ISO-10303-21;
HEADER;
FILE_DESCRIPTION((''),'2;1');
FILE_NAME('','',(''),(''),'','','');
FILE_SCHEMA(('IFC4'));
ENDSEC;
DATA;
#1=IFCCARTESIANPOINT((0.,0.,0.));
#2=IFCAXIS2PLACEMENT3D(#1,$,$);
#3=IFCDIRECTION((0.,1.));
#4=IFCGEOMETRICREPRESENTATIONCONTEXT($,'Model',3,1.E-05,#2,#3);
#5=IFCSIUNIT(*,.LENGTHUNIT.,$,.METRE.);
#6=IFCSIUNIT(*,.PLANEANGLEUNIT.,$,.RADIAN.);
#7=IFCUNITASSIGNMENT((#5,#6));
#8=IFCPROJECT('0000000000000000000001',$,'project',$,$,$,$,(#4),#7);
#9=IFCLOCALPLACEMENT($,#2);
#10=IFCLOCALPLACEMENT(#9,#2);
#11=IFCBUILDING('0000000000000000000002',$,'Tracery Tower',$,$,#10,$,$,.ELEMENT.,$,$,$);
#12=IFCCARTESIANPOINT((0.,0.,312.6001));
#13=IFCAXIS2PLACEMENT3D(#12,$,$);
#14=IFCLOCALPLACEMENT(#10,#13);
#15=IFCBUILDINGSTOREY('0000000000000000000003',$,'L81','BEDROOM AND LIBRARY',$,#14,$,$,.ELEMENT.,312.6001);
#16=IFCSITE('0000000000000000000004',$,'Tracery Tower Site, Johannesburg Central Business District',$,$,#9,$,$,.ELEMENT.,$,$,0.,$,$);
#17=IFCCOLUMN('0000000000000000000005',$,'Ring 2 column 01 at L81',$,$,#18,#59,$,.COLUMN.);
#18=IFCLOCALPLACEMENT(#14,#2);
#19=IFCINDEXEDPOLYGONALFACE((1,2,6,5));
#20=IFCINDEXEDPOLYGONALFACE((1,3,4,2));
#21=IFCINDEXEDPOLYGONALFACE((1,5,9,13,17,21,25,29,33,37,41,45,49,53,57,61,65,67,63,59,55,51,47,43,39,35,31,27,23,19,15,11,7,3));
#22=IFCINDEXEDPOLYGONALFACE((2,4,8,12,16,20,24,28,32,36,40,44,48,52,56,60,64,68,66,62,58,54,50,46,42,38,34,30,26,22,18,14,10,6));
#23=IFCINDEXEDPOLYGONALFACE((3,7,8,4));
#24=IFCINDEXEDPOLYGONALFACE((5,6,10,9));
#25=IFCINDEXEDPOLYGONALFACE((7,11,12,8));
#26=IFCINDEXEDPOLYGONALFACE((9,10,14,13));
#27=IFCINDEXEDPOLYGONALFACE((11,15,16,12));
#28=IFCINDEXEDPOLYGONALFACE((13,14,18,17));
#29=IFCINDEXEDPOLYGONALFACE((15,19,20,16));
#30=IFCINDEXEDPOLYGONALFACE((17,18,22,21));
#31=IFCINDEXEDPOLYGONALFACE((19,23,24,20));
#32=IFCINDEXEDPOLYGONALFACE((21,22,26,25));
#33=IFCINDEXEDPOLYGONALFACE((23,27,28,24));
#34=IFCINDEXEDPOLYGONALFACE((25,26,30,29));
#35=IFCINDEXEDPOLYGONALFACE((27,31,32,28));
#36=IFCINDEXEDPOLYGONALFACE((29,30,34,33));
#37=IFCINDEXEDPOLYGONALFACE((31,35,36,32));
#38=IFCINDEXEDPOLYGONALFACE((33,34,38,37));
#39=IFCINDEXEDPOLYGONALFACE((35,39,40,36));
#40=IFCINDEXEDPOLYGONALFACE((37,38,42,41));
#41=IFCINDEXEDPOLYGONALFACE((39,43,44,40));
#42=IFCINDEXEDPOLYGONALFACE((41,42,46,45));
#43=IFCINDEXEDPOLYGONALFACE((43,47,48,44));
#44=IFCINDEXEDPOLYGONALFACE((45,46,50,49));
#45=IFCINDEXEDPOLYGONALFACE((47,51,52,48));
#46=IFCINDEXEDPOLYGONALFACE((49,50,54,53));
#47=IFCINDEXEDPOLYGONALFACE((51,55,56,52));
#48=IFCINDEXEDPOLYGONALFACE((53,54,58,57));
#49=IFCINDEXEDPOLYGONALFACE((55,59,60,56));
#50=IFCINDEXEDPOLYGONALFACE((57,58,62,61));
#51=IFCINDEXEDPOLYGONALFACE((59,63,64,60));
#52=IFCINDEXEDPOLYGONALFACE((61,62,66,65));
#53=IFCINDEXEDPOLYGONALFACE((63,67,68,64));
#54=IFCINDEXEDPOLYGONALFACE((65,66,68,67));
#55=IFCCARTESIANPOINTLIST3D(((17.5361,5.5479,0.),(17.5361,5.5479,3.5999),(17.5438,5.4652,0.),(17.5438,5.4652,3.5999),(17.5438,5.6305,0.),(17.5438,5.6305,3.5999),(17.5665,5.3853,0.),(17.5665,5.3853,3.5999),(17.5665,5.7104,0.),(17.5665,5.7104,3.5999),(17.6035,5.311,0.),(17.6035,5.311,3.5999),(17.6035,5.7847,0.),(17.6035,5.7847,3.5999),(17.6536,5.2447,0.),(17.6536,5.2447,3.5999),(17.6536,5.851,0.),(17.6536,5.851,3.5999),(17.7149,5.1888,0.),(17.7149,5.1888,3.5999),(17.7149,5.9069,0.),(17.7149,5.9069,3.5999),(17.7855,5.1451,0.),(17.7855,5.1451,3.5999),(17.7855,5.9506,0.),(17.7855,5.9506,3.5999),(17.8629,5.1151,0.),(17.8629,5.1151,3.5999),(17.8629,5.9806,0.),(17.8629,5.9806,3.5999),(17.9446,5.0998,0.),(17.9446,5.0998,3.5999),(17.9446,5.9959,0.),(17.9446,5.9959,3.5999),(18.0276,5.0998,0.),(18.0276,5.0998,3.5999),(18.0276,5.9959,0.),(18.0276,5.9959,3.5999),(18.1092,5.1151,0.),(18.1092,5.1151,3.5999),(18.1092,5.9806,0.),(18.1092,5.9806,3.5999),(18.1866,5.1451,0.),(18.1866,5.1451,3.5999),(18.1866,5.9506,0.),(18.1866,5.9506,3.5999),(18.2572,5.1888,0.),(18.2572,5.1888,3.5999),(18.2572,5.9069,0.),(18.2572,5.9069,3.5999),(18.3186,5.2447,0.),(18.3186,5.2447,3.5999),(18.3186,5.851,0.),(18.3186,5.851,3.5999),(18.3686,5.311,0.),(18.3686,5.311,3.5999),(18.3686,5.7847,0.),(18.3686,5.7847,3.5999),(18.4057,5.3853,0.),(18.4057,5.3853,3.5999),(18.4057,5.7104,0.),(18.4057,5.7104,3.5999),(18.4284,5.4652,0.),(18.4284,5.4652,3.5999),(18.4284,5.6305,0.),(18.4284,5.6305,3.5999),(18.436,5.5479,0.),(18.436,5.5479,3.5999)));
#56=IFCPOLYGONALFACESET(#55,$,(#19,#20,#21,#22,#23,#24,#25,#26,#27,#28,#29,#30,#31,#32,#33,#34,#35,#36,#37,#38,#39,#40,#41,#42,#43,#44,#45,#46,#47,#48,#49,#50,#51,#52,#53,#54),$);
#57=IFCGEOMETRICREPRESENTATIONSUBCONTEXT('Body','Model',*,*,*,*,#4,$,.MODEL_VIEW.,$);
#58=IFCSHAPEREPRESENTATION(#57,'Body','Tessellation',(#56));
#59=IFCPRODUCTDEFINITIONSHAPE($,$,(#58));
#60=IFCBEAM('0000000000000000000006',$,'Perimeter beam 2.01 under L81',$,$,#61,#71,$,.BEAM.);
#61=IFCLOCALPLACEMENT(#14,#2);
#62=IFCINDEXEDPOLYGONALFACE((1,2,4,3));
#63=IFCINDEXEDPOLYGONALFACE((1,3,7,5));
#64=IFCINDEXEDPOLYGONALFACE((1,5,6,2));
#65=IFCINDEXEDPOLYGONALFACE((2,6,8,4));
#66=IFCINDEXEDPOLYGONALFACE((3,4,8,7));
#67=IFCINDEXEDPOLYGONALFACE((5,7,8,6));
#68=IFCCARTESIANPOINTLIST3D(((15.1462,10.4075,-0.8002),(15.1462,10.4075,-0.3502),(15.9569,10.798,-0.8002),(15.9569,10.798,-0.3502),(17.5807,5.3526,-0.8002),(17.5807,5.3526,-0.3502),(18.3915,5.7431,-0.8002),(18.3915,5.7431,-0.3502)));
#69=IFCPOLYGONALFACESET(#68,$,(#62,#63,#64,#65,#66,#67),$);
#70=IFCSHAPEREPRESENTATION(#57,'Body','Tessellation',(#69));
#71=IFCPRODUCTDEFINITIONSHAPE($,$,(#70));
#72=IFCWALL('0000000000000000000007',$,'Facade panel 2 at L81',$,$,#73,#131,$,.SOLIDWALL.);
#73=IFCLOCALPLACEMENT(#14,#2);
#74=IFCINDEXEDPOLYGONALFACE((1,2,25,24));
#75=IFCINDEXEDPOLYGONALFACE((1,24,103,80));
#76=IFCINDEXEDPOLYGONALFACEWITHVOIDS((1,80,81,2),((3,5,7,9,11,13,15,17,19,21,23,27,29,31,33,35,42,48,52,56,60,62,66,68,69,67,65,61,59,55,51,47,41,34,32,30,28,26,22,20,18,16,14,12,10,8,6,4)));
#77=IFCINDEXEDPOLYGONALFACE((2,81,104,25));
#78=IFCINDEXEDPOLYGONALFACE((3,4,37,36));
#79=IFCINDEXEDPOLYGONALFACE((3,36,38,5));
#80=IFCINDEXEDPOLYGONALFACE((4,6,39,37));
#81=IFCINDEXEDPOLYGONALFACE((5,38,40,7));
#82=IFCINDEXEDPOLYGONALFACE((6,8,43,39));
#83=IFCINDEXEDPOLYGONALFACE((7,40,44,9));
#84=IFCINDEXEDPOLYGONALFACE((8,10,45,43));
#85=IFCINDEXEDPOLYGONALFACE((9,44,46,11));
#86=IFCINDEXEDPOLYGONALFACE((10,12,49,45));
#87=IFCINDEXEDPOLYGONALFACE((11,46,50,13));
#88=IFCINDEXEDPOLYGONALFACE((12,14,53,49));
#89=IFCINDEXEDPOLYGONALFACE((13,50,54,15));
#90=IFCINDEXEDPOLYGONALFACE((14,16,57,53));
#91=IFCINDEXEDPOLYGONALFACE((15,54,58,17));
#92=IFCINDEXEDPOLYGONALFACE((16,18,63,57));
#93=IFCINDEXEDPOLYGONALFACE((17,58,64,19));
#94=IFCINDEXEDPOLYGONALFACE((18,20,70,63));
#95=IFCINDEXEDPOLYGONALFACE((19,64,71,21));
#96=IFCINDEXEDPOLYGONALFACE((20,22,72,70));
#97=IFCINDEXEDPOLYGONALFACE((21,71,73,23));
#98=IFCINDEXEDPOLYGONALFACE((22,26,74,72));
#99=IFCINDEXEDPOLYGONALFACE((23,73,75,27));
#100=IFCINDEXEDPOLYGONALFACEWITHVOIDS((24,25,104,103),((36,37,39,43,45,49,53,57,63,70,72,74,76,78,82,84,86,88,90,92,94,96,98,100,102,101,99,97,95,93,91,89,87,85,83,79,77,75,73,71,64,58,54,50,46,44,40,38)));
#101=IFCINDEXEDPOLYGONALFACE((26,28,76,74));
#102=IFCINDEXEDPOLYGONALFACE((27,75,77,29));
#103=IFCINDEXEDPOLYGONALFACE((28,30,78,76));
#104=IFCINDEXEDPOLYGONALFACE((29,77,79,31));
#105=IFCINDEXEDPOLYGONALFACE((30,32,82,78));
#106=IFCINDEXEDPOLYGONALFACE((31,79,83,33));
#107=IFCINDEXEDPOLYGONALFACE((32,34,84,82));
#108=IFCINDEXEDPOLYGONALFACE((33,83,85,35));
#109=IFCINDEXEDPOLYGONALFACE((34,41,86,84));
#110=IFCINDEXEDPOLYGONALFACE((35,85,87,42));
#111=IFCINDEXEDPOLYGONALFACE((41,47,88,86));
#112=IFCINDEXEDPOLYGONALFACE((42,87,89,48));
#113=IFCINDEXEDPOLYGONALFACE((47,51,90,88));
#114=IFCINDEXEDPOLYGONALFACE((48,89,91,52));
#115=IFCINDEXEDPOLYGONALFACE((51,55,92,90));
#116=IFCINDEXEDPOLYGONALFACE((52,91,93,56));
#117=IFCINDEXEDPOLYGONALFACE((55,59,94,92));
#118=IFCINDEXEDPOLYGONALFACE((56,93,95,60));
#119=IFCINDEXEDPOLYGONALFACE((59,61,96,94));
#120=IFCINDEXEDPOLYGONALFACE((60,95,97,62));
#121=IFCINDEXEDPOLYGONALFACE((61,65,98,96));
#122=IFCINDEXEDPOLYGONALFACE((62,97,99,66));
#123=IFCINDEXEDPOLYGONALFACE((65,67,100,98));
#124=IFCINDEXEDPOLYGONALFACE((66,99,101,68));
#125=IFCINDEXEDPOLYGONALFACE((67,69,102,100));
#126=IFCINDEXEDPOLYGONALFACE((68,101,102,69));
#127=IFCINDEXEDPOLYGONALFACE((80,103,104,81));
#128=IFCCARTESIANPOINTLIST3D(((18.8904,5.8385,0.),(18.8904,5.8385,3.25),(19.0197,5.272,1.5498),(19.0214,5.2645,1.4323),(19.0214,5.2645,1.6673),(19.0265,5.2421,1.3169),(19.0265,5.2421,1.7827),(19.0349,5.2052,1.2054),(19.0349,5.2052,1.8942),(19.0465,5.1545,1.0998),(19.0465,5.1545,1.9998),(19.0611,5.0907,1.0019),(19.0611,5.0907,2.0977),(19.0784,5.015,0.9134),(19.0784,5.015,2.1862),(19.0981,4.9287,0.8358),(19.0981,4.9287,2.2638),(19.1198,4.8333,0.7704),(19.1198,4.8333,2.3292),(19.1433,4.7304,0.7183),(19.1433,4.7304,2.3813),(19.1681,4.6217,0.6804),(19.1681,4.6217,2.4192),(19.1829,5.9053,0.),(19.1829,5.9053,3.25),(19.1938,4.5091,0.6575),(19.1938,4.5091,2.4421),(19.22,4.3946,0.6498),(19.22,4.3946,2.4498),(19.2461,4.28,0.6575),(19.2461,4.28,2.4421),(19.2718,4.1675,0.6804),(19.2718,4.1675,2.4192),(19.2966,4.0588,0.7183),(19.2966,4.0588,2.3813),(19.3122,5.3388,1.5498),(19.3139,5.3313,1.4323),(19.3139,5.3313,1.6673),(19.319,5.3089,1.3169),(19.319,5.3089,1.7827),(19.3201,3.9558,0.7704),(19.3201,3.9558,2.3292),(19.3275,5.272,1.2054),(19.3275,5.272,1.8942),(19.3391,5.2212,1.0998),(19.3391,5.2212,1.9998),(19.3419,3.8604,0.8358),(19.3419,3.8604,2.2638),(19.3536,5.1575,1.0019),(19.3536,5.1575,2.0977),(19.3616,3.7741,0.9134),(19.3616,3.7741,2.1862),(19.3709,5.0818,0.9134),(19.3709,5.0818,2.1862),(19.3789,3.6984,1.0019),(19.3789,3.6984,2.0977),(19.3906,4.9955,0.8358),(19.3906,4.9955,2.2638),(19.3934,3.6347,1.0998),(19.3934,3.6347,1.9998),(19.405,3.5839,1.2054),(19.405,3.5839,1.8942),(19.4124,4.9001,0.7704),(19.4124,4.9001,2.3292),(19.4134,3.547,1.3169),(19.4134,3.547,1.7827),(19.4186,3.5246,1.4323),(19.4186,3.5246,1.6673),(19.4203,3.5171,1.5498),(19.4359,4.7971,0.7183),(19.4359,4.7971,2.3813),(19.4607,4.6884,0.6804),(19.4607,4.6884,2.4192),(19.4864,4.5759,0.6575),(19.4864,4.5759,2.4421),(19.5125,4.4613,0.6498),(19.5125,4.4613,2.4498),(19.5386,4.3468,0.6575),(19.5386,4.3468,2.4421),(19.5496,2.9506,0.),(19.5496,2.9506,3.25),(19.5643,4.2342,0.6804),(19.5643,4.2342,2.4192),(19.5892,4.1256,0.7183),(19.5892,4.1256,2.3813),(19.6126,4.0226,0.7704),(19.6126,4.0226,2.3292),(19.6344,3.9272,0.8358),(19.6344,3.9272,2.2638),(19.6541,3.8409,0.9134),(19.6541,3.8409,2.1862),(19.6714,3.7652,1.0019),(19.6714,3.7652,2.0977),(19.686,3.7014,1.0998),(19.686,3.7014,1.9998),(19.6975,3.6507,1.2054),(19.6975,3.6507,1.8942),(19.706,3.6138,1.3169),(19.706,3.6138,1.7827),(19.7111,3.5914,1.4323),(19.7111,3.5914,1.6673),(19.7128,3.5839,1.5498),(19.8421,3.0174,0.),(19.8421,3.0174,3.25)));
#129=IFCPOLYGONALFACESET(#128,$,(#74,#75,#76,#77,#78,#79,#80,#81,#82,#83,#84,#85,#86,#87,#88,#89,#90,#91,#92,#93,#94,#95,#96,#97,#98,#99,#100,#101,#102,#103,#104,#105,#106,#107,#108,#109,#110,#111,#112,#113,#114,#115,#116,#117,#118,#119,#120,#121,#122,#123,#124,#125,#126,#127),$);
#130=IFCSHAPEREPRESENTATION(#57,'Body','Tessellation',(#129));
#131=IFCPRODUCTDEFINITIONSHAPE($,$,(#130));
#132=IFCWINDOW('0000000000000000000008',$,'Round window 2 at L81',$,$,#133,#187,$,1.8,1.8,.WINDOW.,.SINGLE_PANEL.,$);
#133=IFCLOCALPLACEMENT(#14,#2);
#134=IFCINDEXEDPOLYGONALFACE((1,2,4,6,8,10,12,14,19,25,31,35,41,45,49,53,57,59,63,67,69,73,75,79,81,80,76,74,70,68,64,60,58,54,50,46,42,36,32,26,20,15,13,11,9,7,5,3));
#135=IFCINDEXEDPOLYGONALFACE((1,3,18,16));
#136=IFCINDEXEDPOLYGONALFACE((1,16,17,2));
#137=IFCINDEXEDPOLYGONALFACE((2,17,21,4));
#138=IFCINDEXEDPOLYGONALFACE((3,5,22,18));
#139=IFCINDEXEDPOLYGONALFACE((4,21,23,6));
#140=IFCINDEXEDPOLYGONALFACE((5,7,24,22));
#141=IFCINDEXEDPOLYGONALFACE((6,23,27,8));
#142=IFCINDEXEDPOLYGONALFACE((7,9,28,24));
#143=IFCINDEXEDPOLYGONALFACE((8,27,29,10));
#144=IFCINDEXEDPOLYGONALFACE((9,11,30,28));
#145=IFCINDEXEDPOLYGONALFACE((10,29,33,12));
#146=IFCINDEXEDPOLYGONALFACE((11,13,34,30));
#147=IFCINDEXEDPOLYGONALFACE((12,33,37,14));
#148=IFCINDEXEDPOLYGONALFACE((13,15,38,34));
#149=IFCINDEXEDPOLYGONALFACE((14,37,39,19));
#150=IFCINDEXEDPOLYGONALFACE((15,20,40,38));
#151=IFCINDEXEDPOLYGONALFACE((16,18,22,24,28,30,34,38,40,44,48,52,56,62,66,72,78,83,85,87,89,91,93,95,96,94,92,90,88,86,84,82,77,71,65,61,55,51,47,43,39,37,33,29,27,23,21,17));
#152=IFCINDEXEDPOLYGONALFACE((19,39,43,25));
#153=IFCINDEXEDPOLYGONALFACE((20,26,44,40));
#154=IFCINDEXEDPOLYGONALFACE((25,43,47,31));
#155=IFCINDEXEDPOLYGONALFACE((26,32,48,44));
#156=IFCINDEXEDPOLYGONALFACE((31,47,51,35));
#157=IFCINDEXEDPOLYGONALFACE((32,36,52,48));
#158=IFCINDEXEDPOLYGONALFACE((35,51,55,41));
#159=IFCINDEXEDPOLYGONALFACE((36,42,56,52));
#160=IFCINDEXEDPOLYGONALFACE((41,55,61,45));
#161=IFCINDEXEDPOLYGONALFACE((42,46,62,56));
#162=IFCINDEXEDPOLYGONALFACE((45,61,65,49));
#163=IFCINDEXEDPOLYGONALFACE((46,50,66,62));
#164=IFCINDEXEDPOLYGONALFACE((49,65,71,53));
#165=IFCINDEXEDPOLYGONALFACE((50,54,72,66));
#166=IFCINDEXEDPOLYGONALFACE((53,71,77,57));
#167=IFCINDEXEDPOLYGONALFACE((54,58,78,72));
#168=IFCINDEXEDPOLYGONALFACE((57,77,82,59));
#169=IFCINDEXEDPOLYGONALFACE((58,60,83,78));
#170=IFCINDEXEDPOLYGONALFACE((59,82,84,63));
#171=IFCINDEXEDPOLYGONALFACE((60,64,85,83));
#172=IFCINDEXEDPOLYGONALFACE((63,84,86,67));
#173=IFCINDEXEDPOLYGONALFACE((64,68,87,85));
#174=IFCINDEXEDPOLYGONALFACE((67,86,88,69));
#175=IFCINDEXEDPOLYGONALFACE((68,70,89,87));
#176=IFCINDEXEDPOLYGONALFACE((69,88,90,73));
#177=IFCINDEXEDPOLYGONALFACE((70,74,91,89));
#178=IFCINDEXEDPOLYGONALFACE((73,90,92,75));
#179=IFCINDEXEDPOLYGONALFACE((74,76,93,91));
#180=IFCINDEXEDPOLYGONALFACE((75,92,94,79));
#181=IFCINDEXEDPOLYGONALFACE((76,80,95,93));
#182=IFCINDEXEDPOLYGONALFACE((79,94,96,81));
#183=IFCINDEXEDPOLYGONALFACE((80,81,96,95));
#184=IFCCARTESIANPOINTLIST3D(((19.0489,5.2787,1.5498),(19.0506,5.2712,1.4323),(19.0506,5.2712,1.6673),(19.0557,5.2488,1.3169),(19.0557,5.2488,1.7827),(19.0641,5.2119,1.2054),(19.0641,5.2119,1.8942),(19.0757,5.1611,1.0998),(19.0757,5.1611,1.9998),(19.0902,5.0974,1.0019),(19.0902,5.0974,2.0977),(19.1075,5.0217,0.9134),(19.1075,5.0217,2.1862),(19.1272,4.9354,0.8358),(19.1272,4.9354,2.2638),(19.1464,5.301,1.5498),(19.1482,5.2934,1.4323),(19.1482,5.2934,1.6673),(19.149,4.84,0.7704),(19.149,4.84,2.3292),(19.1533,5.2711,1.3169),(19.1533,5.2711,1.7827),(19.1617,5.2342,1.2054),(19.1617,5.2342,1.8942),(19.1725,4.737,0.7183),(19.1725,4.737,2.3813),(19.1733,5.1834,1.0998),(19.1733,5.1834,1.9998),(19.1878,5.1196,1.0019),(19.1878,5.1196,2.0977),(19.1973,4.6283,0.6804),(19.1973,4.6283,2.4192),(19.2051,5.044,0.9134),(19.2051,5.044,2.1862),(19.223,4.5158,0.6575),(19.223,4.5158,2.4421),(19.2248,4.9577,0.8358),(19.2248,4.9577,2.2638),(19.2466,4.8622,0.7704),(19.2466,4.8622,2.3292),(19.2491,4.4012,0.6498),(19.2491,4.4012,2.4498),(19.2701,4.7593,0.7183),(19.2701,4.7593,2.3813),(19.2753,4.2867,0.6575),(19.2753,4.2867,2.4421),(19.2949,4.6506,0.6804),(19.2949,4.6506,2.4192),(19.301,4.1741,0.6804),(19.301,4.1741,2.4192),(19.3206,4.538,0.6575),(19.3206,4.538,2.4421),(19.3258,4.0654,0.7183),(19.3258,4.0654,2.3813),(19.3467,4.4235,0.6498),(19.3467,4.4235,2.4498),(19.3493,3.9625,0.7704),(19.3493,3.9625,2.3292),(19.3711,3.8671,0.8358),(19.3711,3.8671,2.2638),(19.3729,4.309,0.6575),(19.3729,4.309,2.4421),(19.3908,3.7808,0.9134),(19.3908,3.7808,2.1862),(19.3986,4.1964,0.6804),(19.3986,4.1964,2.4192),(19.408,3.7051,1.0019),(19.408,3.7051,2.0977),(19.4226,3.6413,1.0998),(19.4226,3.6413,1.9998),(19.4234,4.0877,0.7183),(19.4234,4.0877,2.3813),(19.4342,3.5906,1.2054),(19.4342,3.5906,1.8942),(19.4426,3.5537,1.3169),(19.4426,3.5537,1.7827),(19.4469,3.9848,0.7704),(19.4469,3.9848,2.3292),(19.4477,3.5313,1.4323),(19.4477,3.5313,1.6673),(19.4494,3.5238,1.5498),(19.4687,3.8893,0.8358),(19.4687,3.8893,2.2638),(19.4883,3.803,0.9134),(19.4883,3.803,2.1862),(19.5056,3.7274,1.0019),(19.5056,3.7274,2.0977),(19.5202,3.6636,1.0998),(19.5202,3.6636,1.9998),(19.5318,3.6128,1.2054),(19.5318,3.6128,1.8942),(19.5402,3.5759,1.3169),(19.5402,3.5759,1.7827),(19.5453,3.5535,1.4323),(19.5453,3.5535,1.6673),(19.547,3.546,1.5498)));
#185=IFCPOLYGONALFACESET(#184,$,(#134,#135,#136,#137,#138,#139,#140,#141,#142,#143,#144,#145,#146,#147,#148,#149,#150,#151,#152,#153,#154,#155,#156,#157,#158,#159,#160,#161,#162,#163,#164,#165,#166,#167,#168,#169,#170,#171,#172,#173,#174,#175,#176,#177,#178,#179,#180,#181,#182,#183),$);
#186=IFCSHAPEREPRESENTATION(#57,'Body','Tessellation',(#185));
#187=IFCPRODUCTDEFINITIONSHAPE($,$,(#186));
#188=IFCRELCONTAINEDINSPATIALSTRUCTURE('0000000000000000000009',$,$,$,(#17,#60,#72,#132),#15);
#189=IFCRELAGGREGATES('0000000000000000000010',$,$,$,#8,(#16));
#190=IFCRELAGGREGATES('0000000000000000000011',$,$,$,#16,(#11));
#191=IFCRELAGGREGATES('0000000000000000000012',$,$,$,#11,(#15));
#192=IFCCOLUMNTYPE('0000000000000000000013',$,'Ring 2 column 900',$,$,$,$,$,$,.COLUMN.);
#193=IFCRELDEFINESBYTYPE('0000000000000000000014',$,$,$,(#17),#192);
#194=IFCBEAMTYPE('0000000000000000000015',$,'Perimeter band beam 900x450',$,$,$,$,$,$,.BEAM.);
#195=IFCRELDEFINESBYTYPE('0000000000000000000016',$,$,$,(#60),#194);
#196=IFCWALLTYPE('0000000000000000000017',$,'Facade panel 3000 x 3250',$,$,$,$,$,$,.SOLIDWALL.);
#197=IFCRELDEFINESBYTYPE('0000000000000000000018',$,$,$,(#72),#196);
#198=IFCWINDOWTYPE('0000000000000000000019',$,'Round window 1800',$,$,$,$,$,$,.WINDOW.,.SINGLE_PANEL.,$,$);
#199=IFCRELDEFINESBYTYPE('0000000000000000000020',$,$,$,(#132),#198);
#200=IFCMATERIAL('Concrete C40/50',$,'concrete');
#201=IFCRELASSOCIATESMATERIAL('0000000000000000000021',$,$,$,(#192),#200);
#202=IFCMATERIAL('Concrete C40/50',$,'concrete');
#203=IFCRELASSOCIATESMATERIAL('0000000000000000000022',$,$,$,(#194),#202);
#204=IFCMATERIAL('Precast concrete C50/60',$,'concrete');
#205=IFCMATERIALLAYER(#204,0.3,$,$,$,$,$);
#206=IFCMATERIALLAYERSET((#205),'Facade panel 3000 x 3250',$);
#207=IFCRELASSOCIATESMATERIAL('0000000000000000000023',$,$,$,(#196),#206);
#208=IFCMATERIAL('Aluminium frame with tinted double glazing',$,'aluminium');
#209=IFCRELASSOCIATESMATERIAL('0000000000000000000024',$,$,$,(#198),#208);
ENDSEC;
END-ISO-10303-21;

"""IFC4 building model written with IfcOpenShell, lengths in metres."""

from ifc_helpers import new_model, si_unit, direction, frame, frame_2d, origin, origin_2d, place, context, subcontext, project, spatial, rectangle, circle, extrude, material, layer, layer_set, material_profile, profile_set, type_object, element, fill, save


model = new_model("IFC4")

# Units and contexts
model_context = context("Model", 3, precision=1e-05, world=origin(), true_north=direction((0.0, 1.0)))
body_context = subcontext(model_context, "Body", "Model", "MODEL_VIEW")
ifc_project = project(units=[si_unit("LENGTHUNIT", "METRE"), si_unit("PLANEANGLEUNIT", "RADIAN")], contexts=[model_context])

# Site, building, storey
site_placement = place(None, origin())
site = spatial("IfcSite", under=ifc_project, at=site_placement, Name="Tracery Tower Site, Johannesburg Central Business District", CompositionType="ELEMENT", RefElevation=0.0)
building_placement = place(site_placement, origin())
building = spatial("IfcBuilding", under=site, at=building_placement, Name="Tracery Tower", CompositionType="ELEMENT")
storey_placement = place(building_placement, frame((0.0, 0.0, 312.6001)))
storey = spatial("IfcBuildingStorey", under=building, at=storey_placement, Name="L81", Description="BEDROOM AND LIBRARY", CompositionType="ELEMENT", Elevation=312.6001)

# Column
ifc_material_1 = material(Name="Concrete C40/50", Category="concrete")
ifc_material_profile_1 = material_profile(ifc_material_1, circle(Radius=0.45, at=origin_2d()), Name="RC D900")
ifc_profile_set_1 = profile_set([ifc_material_profile_1], Name="Concrete C40/50")
column_type = type_object("IfcColumnType", Name="Ring 2 column 900", PredefinedType="COLUMN", material=ifc_profile_set_1)
column_placement = place(storey_placement, frame((17.9861, 5.5479, 0.0), z_axis=(0.0, 0.0, 1.0), x_axis=(1.0, 0.0, 0.0)))
element("IfcColumn", 1, at=column_placement, inside=storey, type_object=column_type, Name="Ring 2 column 01 at L81", PredefinedType="COLUMN", context=body_context, shape_type="SweptSolid", body=[
    extrude(circle(Radius=0.45, at=origin_2d()), origin(), (0.0, 0.0, 1.0), 3.5999),
])

# Beam
ifc_material_2 = material(Name="Concrete C40/50", Category="concrete")
ifc_material_profile_2 = material_profile(ifc_material_2, rectangle(XDim=0.8999, YDim=0.45, at=origin_2d()), Name="RC 900x450")
ifc_profile_set_2 = profile_set([ifc_material_profile_2], Name="Concrete C40/50")
beam_type = type_object("IfcBeamType", Name="Perimeter band beam 900x450", PredefinedType="BEAM", material=ifc_profile_set_2)
beam_placement = place(storey_placement, frame((17.9861, 5.5479, -0.5752), z_axis=(-0.433919, 0.900952, 0.0), x_axis=(-0.900952, -0.433919, 0.0)))
element("IfcBeam", 2, at=beam_placement, inside=storey, type_object=beam_type, Name="Perimeter beam 2.01 under L81", PredefinedType="BEAM", context=body_context, shape_type="SweptSolid", body=[
    extrude(rectangle(XDim=0.8999, YDim=0.45, at=origin_2d()), origin(), (0.0, 0.0, 1.0), 5.6106),
])

# Wall, opening, window
ifc_material_3 = material(Name="Precast concrete C50/60", Category="concrete")
ifc_layer_1 = layer(ifc_material_3, 0.3)
ifc_layer_set_1 = layer_set([ifc_layer_1], Name="Facade panel 3000 x 3250")
wall_type_1 = type_object("IfcWallType", Name="Facade panel 3000 x 3250", PredefinedType="SOLIDWALL", material=ifc_layer_set_1)
wall_1_placement = place(storey_placement, frame((19.6958, 2.9841, 0.0), z_axis=(0.0, 0.0, 1.0), x_axis=(-0.222529, 0.974926, 0.0)))
wall_1 = element("IfcWall", 3, at=wall_1_placement, inside=storey, type_object=wall_type_1, Name="Facade panel 2 at L81", PredefinedType="SOLIDWALL", context=body_context, shape_type="SweptSolid", body=[
    extrude(rectangle(XDim=2.9622, YDim=0.3, at=frame_2d((1.481, 0.0))), origin(), (0.0, 0.0, 1.0), 3.25),
])
opening_1_placement = place(wall_1_placement, frame((1.481, 0.0, 1.5498)))
opening_1 = element("IfcOpeningElement", 4, at=opening_1_placement, cuts=wall_1, PredefinedType="OPENING", context=body_context, shape_type="SweptSolid", body=[
    extrude(circle(Radius=0.9, at=origin_2d()), frame((0.0, 0.1599, 0.0), z_axis=(0.0, -1.0, 0.0), x_axis=(1.0, 0.0, 0.0)), (0.0, 0.0, 1.0), 0.3201),
])
ifc_material_4 = material(Name="Aluminium frame with tinted double glazing", Category="aluminium")
window_type = type_object("IfcWindowType", Name="Round window 1800", PartitioningType="SINGLE_PANEL", PredefinedType="WINDOW", material=ifc_material_4)
window_1_placement = place(opening_1_placement, origin())
window_1 = element("IfcWindow", 5, at=window_1_placement, inside=storey, type_object=window_type, Name="Round window 2 at L81", OverallHeight=1.8, OverallWidth=1.8, PartitioningType="SINGLE_PANEL", PredefinedType="WINDOW", context=body_context, shape_type="SweptSolid", body=[
    extrude(circle(Radius=0.9, at=origin_2d()), frame((0.0, 0.1201, 0.0), z_axis=(0.0, -1.0, 0.0), x_axis=(1.0, 0.0, 0.0)), (0.0, 0.0, 1.0), 0.1001),
])
fill(opening_1, window_1)

save(model, "model.ifc")
